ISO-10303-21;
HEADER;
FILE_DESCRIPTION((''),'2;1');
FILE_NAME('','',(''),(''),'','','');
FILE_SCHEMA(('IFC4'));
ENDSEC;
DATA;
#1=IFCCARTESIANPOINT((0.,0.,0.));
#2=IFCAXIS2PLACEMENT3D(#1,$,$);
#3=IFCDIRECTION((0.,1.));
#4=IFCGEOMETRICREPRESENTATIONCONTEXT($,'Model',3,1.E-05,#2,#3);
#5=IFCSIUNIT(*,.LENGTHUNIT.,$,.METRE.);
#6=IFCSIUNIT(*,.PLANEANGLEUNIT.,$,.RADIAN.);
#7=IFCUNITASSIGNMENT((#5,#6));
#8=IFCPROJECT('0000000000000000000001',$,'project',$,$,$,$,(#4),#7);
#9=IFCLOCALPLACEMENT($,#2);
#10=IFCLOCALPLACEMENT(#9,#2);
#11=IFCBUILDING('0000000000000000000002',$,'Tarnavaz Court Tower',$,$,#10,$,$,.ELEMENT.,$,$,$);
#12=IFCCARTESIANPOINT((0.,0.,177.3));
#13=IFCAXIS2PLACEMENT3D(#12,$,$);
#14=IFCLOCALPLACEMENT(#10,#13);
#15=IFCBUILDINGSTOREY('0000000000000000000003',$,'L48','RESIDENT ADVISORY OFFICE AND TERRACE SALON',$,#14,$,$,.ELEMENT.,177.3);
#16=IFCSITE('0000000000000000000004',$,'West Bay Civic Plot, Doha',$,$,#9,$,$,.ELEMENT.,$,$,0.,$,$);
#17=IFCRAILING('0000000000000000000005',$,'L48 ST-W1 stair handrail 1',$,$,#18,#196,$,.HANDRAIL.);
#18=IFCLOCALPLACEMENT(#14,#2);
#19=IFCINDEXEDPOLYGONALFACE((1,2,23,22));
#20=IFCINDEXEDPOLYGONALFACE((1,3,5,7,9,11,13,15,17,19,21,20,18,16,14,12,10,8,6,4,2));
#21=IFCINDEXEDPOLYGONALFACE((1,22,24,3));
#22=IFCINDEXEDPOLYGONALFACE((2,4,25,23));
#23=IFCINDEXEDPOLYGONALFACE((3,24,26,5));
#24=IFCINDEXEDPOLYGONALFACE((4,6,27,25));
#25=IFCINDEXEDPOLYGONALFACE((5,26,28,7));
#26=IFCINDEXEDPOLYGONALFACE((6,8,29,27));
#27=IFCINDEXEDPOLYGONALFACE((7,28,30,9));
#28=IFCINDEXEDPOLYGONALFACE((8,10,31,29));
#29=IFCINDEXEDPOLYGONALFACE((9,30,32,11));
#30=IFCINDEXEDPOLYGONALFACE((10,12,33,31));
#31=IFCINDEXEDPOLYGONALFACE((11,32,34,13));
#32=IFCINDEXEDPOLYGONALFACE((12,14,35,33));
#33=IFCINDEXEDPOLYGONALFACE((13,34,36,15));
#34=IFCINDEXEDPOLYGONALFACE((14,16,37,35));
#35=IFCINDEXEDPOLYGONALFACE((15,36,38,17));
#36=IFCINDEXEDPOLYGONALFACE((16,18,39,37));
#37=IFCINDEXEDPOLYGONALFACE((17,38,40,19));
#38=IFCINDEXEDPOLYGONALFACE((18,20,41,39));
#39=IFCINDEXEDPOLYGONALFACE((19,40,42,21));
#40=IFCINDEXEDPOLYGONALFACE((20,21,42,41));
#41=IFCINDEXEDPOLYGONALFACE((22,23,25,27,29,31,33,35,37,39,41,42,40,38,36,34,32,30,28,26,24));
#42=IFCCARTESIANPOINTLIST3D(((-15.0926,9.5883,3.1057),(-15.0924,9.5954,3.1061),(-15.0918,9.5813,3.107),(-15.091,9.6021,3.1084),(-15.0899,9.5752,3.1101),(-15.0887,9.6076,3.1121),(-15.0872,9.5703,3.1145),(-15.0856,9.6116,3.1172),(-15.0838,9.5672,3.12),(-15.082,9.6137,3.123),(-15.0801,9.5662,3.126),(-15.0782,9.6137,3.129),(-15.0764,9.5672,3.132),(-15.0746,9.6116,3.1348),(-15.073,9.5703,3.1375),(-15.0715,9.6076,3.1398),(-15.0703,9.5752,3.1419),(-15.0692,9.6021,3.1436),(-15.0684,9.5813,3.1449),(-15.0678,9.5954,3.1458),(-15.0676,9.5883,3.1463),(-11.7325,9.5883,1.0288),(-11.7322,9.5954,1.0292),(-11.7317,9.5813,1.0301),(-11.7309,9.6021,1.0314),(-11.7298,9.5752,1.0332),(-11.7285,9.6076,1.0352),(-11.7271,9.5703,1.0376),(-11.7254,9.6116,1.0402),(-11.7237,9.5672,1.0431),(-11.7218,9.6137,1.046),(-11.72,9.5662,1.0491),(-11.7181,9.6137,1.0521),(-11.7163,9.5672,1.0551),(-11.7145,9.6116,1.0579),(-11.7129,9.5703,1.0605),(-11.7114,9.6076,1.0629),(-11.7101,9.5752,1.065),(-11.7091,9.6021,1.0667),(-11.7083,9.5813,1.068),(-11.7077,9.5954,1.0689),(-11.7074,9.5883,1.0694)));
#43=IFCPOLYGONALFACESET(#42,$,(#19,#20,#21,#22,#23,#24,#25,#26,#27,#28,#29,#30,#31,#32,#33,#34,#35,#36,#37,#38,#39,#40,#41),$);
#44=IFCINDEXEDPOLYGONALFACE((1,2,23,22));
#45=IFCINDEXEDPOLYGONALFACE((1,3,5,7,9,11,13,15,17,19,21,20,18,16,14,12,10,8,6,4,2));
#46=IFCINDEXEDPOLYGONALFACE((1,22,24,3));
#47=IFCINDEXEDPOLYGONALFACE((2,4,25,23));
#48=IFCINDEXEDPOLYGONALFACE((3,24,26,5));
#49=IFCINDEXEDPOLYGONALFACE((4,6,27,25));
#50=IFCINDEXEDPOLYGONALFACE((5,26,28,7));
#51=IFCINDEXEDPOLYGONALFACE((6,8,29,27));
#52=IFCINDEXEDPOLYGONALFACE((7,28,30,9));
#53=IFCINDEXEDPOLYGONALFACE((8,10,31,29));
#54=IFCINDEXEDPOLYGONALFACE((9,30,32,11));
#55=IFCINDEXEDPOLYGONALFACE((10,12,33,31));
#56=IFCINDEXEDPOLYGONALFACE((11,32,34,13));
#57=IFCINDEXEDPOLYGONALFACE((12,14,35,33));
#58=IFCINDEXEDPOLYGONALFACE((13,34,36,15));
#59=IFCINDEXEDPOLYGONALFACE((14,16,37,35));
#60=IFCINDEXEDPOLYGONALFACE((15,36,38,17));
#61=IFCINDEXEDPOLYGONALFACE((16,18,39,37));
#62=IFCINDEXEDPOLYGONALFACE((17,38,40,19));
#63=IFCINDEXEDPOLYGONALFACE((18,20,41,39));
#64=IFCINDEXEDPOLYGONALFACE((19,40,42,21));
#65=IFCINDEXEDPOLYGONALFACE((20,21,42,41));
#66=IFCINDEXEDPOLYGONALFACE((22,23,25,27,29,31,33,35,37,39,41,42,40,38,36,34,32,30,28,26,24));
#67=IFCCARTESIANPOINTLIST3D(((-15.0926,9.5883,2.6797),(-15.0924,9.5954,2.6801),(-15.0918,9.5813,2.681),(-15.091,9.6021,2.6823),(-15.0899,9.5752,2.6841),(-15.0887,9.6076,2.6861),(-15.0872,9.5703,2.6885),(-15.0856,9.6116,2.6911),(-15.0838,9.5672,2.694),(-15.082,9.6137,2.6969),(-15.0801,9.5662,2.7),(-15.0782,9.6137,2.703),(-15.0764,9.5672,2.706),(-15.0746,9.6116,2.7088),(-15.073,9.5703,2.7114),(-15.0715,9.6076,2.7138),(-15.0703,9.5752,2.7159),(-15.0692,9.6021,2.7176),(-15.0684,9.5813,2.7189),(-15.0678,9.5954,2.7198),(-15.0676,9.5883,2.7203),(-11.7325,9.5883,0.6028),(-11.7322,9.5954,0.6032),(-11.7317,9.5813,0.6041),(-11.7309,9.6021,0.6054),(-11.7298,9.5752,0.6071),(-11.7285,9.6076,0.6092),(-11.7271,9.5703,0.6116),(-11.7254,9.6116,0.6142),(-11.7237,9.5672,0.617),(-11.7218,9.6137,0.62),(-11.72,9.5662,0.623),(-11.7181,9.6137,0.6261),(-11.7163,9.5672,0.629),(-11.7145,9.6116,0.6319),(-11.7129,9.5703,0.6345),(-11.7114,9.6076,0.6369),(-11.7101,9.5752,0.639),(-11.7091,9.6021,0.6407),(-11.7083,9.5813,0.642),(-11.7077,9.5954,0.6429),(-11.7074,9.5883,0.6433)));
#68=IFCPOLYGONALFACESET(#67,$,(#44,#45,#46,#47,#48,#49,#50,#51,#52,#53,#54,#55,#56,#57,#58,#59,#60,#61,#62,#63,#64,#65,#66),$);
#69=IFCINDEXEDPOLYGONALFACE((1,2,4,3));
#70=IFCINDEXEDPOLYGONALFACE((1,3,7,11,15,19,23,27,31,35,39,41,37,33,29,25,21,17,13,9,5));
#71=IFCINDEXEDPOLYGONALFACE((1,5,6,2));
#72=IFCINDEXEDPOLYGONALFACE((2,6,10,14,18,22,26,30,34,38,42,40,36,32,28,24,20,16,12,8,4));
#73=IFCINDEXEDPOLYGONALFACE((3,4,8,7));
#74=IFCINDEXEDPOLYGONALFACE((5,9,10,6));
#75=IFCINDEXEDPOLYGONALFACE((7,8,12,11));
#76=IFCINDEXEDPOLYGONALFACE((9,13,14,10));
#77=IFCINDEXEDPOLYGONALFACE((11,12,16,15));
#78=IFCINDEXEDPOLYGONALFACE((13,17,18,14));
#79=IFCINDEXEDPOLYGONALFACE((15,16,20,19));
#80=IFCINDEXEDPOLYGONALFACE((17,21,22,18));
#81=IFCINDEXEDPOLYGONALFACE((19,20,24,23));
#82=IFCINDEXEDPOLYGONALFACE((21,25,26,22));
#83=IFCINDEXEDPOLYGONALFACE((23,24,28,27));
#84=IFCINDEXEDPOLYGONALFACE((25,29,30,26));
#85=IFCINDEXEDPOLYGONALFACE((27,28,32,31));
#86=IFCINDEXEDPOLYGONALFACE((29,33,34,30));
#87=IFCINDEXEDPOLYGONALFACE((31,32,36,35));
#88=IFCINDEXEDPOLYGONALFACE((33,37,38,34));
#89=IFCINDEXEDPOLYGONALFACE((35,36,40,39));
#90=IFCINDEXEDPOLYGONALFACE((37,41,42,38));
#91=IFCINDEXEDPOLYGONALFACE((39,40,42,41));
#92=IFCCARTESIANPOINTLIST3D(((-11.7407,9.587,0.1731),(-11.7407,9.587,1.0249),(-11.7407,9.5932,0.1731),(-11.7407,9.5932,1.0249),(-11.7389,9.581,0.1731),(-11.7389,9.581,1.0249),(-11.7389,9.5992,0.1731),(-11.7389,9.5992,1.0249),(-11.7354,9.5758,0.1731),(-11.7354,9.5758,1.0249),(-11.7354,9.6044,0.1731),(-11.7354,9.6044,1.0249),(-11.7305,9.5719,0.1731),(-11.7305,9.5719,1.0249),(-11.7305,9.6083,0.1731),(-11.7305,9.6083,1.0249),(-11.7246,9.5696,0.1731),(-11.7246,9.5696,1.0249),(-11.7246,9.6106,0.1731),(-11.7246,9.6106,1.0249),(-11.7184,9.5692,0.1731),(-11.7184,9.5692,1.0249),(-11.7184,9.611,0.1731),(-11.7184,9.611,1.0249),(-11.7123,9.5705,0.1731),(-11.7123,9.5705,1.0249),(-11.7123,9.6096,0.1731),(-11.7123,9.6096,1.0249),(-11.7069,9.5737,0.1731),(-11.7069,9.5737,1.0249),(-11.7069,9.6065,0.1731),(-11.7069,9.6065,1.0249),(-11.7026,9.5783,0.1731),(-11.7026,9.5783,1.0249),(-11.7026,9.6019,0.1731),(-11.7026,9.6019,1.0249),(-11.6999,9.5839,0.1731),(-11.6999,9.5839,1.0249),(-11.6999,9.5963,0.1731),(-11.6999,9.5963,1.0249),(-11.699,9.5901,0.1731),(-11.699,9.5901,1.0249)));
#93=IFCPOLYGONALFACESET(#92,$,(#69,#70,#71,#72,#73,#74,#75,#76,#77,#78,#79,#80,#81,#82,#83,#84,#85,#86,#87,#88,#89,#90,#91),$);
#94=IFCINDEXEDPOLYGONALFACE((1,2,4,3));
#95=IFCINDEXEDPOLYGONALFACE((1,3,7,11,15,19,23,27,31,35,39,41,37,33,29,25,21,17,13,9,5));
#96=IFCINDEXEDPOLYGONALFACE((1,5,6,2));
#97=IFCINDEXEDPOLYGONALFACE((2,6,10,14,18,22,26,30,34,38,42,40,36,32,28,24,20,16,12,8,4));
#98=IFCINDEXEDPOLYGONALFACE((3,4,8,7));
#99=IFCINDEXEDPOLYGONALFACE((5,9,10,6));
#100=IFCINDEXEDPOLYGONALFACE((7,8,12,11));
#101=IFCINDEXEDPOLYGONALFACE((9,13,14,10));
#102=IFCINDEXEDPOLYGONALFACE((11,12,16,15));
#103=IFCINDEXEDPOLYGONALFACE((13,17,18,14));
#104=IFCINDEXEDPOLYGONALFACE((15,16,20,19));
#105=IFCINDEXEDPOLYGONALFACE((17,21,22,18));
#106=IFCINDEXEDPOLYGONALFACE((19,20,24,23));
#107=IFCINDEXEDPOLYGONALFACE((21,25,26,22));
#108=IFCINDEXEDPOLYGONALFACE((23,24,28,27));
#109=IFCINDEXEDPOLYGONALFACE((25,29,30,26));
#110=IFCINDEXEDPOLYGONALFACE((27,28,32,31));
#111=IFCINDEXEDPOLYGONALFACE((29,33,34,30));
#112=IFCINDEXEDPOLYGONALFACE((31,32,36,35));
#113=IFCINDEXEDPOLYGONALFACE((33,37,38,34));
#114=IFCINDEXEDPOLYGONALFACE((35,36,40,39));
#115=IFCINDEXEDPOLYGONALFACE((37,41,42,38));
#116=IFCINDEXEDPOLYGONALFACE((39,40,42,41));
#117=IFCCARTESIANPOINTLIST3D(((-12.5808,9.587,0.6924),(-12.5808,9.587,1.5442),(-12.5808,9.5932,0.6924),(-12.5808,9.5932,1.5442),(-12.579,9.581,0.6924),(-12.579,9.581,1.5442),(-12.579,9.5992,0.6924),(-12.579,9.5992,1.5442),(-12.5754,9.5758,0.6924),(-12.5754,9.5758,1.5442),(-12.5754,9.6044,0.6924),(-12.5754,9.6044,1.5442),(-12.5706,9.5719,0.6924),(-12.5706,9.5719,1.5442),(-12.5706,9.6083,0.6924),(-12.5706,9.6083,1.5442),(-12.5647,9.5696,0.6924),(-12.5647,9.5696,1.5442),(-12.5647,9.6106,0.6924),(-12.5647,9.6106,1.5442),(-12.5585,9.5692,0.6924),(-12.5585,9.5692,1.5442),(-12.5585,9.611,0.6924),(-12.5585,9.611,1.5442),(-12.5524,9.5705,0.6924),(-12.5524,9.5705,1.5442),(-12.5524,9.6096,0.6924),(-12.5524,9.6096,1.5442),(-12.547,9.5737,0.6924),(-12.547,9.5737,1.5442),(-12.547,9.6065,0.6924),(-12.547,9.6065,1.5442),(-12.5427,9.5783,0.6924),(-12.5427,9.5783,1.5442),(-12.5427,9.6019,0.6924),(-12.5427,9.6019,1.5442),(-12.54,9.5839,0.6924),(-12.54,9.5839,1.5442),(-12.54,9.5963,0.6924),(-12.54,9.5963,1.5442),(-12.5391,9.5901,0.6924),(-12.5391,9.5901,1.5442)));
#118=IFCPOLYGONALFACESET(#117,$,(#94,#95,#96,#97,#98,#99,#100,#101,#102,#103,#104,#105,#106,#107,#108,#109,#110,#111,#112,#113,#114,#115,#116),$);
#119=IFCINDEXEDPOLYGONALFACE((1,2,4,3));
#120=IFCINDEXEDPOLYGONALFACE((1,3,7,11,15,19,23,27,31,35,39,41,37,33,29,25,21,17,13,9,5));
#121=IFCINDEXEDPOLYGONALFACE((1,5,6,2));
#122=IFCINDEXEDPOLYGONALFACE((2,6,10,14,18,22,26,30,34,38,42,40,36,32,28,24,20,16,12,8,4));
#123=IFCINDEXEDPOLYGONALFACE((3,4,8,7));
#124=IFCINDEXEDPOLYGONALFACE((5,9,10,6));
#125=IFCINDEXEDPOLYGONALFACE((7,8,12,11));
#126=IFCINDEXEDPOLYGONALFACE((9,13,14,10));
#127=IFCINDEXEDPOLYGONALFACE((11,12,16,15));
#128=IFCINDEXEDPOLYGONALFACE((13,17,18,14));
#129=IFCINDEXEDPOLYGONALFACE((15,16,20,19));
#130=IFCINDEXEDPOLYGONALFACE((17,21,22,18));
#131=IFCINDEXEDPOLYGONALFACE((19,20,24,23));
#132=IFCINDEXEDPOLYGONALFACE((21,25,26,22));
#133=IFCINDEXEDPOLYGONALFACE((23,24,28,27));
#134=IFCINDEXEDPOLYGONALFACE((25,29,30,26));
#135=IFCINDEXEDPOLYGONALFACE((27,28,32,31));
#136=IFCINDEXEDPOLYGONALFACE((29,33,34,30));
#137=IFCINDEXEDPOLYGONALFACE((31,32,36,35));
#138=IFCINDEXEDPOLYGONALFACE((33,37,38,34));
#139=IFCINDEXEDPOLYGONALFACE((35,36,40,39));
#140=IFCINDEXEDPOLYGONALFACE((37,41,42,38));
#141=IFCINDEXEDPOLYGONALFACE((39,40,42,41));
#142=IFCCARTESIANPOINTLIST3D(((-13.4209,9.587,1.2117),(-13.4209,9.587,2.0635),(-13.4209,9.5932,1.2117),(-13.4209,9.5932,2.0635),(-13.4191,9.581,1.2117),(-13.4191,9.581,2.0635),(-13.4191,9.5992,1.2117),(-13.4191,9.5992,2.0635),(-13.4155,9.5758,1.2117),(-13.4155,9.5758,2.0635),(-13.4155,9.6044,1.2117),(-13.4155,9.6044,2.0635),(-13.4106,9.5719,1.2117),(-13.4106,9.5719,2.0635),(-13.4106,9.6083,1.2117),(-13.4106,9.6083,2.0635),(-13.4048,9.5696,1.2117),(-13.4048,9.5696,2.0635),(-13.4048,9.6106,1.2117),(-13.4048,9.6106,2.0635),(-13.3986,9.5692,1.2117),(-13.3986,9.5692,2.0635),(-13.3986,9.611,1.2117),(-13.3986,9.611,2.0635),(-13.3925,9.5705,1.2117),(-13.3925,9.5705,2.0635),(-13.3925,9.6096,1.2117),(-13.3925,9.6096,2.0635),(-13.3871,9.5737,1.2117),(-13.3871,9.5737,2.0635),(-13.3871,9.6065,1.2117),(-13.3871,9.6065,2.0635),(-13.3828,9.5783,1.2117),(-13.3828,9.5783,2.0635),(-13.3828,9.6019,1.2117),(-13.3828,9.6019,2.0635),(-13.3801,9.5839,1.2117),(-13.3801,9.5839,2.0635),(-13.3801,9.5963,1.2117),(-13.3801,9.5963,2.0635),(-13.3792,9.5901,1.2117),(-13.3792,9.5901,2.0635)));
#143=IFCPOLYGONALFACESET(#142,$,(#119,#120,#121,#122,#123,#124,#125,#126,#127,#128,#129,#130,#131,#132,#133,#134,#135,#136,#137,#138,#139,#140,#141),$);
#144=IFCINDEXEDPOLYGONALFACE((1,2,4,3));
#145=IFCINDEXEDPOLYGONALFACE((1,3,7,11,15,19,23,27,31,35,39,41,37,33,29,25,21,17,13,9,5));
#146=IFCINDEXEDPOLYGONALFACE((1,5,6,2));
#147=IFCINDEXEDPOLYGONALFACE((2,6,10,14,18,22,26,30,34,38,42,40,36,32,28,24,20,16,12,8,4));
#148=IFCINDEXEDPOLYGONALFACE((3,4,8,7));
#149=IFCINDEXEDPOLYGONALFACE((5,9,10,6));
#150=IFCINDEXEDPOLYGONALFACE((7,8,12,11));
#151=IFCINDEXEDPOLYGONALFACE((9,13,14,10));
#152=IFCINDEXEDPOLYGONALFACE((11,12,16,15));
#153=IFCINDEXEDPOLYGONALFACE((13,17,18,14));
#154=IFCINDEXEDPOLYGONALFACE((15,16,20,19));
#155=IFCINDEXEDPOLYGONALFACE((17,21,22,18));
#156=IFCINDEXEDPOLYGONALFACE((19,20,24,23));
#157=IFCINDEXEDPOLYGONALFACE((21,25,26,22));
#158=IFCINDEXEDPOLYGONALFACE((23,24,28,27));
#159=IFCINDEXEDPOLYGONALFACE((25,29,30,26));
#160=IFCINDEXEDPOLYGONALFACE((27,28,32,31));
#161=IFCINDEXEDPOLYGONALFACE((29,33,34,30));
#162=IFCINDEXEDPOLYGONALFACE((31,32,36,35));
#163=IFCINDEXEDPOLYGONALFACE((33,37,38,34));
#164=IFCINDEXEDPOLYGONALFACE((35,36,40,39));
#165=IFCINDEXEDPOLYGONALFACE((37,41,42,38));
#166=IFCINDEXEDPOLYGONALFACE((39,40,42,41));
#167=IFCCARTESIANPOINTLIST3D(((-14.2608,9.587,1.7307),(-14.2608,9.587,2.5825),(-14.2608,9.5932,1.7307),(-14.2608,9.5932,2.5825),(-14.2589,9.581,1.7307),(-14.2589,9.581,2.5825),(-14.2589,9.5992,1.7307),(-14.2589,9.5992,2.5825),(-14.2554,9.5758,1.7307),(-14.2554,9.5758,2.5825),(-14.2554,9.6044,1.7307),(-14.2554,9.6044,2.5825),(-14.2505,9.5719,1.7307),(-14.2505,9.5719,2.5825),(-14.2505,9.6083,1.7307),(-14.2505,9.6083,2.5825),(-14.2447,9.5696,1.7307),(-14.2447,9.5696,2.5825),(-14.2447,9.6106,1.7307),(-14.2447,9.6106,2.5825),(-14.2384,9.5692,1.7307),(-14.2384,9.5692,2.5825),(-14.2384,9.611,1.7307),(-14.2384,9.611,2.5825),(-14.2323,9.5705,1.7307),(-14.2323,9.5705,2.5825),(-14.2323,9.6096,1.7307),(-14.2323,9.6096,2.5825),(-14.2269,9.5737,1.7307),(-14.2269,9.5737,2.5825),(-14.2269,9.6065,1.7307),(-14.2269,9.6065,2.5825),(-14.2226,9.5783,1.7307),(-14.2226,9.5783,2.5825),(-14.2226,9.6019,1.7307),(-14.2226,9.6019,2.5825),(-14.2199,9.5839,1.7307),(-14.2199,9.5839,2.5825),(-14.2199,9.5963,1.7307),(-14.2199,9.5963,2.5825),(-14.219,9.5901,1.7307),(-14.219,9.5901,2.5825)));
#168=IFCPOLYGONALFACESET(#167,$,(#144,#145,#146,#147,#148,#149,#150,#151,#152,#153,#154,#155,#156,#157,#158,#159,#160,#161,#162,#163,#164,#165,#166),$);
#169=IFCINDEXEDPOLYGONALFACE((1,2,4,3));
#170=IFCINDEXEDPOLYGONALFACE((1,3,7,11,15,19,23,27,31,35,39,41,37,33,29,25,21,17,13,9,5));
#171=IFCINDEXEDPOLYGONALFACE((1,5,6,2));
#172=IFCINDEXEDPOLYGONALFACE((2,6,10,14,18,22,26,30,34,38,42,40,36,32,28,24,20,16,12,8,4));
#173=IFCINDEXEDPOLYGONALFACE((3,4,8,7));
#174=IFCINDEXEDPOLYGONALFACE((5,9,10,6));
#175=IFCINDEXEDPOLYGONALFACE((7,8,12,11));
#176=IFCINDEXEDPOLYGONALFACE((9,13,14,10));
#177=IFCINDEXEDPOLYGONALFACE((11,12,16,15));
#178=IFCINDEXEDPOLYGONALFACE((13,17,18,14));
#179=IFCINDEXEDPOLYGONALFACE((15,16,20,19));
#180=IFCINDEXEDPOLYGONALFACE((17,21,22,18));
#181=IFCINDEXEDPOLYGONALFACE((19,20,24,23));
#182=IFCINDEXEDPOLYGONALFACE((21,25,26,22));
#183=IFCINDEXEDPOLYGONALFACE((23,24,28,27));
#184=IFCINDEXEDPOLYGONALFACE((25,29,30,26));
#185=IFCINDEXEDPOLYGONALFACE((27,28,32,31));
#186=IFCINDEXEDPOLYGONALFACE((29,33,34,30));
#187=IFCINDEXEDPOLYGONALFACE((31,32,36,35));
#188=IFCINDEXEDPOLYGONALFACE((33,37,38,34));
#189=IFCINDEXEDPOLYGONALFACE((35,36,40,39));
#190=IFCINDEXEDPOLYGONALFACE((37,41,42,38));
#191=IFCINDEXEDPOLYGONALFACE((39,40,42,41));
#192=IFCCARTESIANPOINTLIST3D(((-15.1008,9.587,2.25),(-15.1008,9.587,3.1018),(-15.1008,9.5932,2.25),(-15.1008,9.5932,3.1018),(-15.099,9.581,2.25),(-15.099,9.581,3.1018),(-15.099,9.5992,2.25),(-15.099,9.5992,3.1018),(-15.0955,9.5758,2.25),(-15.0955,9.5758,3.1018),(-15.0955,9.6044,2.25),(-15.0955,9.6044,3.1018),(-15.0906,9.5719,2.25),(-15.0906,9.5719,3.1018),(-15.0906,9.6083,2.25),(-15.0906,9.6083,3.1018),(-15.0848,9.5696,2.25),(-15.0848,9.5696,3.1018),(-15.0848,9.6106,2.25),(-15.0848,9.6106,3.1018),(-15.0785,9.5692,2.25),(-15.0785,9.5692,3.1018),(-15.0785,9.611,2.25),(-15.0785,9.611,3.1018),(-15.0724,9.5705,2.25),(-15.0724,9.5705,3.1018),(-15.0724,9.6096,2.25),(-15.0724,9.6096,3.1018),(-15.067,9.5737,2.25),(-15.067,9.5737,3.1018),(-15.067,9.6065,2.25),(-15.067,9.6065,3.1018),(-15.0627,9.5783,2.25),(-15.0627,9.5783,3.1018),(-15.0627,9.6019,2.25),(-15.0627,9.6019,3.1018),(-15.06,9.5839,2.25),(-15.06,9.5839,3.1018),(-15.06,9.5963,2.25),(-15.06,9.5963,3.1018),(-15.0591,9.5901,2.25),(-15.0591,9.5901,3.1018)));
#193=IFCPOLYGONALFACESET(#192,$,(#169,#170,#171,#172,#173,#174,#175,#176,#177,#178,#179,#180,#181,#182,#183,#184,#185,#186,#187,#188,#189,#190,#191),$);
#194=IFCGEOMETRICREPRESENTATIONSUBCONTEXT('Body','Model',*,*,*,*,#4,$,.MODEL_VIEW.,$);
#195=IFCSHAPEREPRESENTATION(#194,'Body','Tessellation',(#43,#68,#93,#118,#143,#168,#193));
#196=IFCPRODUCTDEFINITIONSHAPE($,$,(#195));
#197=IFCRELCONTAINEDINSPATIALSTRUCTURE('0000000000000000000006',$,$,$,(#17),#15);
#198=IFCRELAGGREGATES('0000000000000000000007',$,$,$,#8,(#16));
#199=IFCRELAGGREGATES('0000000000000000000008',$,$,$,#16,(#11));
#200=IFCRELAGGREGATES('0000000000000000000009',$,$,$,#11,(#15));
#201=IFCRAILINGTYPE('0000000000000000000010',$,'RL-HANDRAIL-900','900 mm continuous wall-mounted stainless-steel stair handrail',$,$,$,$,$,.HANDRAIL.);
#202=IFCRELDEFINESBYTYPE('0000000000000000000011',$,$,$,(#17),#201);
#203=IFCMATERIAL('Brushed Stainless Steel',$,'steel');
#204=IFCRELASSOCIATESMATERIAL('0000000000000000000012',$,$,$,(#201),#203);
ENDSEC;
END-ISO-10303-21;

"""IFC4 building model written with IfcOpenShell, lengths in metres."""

from ifc_helpers import new_model, si_unit, direction, frame, origin, origin_2d, place, context, subcontext, project, spatial, circle, extrude, material, type_object, element, save


model = new_model("IFC4")

# Units and contexts
model_context = context("Model", 3, precision=1e-05, world=origin(), true_north=direction((0.0, 1.0)))
body_context = subcontext(model_context, "Body", "Model", "MODEL_VIEW")
ifc_project = project(units=[si_unit("LENGTHUNIT", "METRE"), si_unit("PLANEANGLEUNIT", "RADIAN")], contexts=[model_context])

# Site, building, storey
site_placement = place(None, origin())
site = spatial("IfcSite", under=ifc_project, at=site_placement, Name="West Bay Civic Plot, Doha", CompositionType="ELEMENT", RefElevation=0.0)
building_placement = place(site_placement, origin())
building = spatial("IfcBuilding", under=site, at=building_placement, Name="Tarnavaz Court Tower", CompositionType="ELEMENT")
storey_placement = place(building_placement, frame((0.0, 0.0, 177.3)))
storey = spatial("IfcBuildingStorey", under=building, at=storey_placement, Name="L48", Description="RESIDENT ADVISORY OFFICE AND TERRACE SALON", CompositionType="ELEMENT", Elevation=177.3)

# Railing
ifc_material_1 = material(Name="Brushed Stainless Steel", Category="steel")
railing_type_1 = type_object("IfcRailingType", Name="RL-HANDRAIL-900", Description="900 mm continuous wall-mounted stainless-steel stair handrail", PredefinedType="HANDRAIL", material=ifc_material_1)
railing_1_placement = place(storey_placement, frame((-11.72, 9.5901, 0.1731)))
element("IfcRailing", 1, at=railing_1_placement, inside=storey, type_object=railing_type_1, Name="L48 ST-W1 stair handrail 1", PredefinedType="HANDRAIL", context=body_context, shape_type="SweptSolid", body=[
    extrude(circle(Radius=0.0239, at=origin_2d()), frame((0.0, 0.0, 0.876), z_axis=(-0.850623, 0.0, 0.525776), x_axis=(0.0, -1.0, 0.0)), (0.0, 0.0, 1.0), 3.9502),
    extrude(circle(Radius=0.0239, at=origin_2d()), frame((0.0, 0.0, 0.45), z_axis=(-0.850623, 0.0, 0.525776), x_axis=(0.0, -1.0, 0.0)), (0.0, 0.0, 1.0), 3.9502),
    extrude(circle(Radius=0.021, at=origin_2d()), origin(), (0.0, 0.0, 1.0), 0.8518),
    extrude(circle(Radius=0.021, at=origin_2d()), frame((-0.8401, 0.0, 0.5193)), (0.0, 0.0, 1.0), 0.8518),
    extrude(circle(Radius=0.021, at=origin_2d()), frame((-1.6802, 0.0, 1.0386)), (0.0, 0.0, 1.0), 0.8518),
    extrude(circle(Radius=0.021, at=origin_2d()), frame((-2.52, 0.0, 1.5576)), (0.0, 0.0, 1.0), 0.8518),
    extrude(circle(Radius=0.021, at=origin_2d()), frame((-3.3601, 0.0, 2.0769)), (0.0, 0.0, 1.0), 0.8518),
])

save(model, "model.ifc")
